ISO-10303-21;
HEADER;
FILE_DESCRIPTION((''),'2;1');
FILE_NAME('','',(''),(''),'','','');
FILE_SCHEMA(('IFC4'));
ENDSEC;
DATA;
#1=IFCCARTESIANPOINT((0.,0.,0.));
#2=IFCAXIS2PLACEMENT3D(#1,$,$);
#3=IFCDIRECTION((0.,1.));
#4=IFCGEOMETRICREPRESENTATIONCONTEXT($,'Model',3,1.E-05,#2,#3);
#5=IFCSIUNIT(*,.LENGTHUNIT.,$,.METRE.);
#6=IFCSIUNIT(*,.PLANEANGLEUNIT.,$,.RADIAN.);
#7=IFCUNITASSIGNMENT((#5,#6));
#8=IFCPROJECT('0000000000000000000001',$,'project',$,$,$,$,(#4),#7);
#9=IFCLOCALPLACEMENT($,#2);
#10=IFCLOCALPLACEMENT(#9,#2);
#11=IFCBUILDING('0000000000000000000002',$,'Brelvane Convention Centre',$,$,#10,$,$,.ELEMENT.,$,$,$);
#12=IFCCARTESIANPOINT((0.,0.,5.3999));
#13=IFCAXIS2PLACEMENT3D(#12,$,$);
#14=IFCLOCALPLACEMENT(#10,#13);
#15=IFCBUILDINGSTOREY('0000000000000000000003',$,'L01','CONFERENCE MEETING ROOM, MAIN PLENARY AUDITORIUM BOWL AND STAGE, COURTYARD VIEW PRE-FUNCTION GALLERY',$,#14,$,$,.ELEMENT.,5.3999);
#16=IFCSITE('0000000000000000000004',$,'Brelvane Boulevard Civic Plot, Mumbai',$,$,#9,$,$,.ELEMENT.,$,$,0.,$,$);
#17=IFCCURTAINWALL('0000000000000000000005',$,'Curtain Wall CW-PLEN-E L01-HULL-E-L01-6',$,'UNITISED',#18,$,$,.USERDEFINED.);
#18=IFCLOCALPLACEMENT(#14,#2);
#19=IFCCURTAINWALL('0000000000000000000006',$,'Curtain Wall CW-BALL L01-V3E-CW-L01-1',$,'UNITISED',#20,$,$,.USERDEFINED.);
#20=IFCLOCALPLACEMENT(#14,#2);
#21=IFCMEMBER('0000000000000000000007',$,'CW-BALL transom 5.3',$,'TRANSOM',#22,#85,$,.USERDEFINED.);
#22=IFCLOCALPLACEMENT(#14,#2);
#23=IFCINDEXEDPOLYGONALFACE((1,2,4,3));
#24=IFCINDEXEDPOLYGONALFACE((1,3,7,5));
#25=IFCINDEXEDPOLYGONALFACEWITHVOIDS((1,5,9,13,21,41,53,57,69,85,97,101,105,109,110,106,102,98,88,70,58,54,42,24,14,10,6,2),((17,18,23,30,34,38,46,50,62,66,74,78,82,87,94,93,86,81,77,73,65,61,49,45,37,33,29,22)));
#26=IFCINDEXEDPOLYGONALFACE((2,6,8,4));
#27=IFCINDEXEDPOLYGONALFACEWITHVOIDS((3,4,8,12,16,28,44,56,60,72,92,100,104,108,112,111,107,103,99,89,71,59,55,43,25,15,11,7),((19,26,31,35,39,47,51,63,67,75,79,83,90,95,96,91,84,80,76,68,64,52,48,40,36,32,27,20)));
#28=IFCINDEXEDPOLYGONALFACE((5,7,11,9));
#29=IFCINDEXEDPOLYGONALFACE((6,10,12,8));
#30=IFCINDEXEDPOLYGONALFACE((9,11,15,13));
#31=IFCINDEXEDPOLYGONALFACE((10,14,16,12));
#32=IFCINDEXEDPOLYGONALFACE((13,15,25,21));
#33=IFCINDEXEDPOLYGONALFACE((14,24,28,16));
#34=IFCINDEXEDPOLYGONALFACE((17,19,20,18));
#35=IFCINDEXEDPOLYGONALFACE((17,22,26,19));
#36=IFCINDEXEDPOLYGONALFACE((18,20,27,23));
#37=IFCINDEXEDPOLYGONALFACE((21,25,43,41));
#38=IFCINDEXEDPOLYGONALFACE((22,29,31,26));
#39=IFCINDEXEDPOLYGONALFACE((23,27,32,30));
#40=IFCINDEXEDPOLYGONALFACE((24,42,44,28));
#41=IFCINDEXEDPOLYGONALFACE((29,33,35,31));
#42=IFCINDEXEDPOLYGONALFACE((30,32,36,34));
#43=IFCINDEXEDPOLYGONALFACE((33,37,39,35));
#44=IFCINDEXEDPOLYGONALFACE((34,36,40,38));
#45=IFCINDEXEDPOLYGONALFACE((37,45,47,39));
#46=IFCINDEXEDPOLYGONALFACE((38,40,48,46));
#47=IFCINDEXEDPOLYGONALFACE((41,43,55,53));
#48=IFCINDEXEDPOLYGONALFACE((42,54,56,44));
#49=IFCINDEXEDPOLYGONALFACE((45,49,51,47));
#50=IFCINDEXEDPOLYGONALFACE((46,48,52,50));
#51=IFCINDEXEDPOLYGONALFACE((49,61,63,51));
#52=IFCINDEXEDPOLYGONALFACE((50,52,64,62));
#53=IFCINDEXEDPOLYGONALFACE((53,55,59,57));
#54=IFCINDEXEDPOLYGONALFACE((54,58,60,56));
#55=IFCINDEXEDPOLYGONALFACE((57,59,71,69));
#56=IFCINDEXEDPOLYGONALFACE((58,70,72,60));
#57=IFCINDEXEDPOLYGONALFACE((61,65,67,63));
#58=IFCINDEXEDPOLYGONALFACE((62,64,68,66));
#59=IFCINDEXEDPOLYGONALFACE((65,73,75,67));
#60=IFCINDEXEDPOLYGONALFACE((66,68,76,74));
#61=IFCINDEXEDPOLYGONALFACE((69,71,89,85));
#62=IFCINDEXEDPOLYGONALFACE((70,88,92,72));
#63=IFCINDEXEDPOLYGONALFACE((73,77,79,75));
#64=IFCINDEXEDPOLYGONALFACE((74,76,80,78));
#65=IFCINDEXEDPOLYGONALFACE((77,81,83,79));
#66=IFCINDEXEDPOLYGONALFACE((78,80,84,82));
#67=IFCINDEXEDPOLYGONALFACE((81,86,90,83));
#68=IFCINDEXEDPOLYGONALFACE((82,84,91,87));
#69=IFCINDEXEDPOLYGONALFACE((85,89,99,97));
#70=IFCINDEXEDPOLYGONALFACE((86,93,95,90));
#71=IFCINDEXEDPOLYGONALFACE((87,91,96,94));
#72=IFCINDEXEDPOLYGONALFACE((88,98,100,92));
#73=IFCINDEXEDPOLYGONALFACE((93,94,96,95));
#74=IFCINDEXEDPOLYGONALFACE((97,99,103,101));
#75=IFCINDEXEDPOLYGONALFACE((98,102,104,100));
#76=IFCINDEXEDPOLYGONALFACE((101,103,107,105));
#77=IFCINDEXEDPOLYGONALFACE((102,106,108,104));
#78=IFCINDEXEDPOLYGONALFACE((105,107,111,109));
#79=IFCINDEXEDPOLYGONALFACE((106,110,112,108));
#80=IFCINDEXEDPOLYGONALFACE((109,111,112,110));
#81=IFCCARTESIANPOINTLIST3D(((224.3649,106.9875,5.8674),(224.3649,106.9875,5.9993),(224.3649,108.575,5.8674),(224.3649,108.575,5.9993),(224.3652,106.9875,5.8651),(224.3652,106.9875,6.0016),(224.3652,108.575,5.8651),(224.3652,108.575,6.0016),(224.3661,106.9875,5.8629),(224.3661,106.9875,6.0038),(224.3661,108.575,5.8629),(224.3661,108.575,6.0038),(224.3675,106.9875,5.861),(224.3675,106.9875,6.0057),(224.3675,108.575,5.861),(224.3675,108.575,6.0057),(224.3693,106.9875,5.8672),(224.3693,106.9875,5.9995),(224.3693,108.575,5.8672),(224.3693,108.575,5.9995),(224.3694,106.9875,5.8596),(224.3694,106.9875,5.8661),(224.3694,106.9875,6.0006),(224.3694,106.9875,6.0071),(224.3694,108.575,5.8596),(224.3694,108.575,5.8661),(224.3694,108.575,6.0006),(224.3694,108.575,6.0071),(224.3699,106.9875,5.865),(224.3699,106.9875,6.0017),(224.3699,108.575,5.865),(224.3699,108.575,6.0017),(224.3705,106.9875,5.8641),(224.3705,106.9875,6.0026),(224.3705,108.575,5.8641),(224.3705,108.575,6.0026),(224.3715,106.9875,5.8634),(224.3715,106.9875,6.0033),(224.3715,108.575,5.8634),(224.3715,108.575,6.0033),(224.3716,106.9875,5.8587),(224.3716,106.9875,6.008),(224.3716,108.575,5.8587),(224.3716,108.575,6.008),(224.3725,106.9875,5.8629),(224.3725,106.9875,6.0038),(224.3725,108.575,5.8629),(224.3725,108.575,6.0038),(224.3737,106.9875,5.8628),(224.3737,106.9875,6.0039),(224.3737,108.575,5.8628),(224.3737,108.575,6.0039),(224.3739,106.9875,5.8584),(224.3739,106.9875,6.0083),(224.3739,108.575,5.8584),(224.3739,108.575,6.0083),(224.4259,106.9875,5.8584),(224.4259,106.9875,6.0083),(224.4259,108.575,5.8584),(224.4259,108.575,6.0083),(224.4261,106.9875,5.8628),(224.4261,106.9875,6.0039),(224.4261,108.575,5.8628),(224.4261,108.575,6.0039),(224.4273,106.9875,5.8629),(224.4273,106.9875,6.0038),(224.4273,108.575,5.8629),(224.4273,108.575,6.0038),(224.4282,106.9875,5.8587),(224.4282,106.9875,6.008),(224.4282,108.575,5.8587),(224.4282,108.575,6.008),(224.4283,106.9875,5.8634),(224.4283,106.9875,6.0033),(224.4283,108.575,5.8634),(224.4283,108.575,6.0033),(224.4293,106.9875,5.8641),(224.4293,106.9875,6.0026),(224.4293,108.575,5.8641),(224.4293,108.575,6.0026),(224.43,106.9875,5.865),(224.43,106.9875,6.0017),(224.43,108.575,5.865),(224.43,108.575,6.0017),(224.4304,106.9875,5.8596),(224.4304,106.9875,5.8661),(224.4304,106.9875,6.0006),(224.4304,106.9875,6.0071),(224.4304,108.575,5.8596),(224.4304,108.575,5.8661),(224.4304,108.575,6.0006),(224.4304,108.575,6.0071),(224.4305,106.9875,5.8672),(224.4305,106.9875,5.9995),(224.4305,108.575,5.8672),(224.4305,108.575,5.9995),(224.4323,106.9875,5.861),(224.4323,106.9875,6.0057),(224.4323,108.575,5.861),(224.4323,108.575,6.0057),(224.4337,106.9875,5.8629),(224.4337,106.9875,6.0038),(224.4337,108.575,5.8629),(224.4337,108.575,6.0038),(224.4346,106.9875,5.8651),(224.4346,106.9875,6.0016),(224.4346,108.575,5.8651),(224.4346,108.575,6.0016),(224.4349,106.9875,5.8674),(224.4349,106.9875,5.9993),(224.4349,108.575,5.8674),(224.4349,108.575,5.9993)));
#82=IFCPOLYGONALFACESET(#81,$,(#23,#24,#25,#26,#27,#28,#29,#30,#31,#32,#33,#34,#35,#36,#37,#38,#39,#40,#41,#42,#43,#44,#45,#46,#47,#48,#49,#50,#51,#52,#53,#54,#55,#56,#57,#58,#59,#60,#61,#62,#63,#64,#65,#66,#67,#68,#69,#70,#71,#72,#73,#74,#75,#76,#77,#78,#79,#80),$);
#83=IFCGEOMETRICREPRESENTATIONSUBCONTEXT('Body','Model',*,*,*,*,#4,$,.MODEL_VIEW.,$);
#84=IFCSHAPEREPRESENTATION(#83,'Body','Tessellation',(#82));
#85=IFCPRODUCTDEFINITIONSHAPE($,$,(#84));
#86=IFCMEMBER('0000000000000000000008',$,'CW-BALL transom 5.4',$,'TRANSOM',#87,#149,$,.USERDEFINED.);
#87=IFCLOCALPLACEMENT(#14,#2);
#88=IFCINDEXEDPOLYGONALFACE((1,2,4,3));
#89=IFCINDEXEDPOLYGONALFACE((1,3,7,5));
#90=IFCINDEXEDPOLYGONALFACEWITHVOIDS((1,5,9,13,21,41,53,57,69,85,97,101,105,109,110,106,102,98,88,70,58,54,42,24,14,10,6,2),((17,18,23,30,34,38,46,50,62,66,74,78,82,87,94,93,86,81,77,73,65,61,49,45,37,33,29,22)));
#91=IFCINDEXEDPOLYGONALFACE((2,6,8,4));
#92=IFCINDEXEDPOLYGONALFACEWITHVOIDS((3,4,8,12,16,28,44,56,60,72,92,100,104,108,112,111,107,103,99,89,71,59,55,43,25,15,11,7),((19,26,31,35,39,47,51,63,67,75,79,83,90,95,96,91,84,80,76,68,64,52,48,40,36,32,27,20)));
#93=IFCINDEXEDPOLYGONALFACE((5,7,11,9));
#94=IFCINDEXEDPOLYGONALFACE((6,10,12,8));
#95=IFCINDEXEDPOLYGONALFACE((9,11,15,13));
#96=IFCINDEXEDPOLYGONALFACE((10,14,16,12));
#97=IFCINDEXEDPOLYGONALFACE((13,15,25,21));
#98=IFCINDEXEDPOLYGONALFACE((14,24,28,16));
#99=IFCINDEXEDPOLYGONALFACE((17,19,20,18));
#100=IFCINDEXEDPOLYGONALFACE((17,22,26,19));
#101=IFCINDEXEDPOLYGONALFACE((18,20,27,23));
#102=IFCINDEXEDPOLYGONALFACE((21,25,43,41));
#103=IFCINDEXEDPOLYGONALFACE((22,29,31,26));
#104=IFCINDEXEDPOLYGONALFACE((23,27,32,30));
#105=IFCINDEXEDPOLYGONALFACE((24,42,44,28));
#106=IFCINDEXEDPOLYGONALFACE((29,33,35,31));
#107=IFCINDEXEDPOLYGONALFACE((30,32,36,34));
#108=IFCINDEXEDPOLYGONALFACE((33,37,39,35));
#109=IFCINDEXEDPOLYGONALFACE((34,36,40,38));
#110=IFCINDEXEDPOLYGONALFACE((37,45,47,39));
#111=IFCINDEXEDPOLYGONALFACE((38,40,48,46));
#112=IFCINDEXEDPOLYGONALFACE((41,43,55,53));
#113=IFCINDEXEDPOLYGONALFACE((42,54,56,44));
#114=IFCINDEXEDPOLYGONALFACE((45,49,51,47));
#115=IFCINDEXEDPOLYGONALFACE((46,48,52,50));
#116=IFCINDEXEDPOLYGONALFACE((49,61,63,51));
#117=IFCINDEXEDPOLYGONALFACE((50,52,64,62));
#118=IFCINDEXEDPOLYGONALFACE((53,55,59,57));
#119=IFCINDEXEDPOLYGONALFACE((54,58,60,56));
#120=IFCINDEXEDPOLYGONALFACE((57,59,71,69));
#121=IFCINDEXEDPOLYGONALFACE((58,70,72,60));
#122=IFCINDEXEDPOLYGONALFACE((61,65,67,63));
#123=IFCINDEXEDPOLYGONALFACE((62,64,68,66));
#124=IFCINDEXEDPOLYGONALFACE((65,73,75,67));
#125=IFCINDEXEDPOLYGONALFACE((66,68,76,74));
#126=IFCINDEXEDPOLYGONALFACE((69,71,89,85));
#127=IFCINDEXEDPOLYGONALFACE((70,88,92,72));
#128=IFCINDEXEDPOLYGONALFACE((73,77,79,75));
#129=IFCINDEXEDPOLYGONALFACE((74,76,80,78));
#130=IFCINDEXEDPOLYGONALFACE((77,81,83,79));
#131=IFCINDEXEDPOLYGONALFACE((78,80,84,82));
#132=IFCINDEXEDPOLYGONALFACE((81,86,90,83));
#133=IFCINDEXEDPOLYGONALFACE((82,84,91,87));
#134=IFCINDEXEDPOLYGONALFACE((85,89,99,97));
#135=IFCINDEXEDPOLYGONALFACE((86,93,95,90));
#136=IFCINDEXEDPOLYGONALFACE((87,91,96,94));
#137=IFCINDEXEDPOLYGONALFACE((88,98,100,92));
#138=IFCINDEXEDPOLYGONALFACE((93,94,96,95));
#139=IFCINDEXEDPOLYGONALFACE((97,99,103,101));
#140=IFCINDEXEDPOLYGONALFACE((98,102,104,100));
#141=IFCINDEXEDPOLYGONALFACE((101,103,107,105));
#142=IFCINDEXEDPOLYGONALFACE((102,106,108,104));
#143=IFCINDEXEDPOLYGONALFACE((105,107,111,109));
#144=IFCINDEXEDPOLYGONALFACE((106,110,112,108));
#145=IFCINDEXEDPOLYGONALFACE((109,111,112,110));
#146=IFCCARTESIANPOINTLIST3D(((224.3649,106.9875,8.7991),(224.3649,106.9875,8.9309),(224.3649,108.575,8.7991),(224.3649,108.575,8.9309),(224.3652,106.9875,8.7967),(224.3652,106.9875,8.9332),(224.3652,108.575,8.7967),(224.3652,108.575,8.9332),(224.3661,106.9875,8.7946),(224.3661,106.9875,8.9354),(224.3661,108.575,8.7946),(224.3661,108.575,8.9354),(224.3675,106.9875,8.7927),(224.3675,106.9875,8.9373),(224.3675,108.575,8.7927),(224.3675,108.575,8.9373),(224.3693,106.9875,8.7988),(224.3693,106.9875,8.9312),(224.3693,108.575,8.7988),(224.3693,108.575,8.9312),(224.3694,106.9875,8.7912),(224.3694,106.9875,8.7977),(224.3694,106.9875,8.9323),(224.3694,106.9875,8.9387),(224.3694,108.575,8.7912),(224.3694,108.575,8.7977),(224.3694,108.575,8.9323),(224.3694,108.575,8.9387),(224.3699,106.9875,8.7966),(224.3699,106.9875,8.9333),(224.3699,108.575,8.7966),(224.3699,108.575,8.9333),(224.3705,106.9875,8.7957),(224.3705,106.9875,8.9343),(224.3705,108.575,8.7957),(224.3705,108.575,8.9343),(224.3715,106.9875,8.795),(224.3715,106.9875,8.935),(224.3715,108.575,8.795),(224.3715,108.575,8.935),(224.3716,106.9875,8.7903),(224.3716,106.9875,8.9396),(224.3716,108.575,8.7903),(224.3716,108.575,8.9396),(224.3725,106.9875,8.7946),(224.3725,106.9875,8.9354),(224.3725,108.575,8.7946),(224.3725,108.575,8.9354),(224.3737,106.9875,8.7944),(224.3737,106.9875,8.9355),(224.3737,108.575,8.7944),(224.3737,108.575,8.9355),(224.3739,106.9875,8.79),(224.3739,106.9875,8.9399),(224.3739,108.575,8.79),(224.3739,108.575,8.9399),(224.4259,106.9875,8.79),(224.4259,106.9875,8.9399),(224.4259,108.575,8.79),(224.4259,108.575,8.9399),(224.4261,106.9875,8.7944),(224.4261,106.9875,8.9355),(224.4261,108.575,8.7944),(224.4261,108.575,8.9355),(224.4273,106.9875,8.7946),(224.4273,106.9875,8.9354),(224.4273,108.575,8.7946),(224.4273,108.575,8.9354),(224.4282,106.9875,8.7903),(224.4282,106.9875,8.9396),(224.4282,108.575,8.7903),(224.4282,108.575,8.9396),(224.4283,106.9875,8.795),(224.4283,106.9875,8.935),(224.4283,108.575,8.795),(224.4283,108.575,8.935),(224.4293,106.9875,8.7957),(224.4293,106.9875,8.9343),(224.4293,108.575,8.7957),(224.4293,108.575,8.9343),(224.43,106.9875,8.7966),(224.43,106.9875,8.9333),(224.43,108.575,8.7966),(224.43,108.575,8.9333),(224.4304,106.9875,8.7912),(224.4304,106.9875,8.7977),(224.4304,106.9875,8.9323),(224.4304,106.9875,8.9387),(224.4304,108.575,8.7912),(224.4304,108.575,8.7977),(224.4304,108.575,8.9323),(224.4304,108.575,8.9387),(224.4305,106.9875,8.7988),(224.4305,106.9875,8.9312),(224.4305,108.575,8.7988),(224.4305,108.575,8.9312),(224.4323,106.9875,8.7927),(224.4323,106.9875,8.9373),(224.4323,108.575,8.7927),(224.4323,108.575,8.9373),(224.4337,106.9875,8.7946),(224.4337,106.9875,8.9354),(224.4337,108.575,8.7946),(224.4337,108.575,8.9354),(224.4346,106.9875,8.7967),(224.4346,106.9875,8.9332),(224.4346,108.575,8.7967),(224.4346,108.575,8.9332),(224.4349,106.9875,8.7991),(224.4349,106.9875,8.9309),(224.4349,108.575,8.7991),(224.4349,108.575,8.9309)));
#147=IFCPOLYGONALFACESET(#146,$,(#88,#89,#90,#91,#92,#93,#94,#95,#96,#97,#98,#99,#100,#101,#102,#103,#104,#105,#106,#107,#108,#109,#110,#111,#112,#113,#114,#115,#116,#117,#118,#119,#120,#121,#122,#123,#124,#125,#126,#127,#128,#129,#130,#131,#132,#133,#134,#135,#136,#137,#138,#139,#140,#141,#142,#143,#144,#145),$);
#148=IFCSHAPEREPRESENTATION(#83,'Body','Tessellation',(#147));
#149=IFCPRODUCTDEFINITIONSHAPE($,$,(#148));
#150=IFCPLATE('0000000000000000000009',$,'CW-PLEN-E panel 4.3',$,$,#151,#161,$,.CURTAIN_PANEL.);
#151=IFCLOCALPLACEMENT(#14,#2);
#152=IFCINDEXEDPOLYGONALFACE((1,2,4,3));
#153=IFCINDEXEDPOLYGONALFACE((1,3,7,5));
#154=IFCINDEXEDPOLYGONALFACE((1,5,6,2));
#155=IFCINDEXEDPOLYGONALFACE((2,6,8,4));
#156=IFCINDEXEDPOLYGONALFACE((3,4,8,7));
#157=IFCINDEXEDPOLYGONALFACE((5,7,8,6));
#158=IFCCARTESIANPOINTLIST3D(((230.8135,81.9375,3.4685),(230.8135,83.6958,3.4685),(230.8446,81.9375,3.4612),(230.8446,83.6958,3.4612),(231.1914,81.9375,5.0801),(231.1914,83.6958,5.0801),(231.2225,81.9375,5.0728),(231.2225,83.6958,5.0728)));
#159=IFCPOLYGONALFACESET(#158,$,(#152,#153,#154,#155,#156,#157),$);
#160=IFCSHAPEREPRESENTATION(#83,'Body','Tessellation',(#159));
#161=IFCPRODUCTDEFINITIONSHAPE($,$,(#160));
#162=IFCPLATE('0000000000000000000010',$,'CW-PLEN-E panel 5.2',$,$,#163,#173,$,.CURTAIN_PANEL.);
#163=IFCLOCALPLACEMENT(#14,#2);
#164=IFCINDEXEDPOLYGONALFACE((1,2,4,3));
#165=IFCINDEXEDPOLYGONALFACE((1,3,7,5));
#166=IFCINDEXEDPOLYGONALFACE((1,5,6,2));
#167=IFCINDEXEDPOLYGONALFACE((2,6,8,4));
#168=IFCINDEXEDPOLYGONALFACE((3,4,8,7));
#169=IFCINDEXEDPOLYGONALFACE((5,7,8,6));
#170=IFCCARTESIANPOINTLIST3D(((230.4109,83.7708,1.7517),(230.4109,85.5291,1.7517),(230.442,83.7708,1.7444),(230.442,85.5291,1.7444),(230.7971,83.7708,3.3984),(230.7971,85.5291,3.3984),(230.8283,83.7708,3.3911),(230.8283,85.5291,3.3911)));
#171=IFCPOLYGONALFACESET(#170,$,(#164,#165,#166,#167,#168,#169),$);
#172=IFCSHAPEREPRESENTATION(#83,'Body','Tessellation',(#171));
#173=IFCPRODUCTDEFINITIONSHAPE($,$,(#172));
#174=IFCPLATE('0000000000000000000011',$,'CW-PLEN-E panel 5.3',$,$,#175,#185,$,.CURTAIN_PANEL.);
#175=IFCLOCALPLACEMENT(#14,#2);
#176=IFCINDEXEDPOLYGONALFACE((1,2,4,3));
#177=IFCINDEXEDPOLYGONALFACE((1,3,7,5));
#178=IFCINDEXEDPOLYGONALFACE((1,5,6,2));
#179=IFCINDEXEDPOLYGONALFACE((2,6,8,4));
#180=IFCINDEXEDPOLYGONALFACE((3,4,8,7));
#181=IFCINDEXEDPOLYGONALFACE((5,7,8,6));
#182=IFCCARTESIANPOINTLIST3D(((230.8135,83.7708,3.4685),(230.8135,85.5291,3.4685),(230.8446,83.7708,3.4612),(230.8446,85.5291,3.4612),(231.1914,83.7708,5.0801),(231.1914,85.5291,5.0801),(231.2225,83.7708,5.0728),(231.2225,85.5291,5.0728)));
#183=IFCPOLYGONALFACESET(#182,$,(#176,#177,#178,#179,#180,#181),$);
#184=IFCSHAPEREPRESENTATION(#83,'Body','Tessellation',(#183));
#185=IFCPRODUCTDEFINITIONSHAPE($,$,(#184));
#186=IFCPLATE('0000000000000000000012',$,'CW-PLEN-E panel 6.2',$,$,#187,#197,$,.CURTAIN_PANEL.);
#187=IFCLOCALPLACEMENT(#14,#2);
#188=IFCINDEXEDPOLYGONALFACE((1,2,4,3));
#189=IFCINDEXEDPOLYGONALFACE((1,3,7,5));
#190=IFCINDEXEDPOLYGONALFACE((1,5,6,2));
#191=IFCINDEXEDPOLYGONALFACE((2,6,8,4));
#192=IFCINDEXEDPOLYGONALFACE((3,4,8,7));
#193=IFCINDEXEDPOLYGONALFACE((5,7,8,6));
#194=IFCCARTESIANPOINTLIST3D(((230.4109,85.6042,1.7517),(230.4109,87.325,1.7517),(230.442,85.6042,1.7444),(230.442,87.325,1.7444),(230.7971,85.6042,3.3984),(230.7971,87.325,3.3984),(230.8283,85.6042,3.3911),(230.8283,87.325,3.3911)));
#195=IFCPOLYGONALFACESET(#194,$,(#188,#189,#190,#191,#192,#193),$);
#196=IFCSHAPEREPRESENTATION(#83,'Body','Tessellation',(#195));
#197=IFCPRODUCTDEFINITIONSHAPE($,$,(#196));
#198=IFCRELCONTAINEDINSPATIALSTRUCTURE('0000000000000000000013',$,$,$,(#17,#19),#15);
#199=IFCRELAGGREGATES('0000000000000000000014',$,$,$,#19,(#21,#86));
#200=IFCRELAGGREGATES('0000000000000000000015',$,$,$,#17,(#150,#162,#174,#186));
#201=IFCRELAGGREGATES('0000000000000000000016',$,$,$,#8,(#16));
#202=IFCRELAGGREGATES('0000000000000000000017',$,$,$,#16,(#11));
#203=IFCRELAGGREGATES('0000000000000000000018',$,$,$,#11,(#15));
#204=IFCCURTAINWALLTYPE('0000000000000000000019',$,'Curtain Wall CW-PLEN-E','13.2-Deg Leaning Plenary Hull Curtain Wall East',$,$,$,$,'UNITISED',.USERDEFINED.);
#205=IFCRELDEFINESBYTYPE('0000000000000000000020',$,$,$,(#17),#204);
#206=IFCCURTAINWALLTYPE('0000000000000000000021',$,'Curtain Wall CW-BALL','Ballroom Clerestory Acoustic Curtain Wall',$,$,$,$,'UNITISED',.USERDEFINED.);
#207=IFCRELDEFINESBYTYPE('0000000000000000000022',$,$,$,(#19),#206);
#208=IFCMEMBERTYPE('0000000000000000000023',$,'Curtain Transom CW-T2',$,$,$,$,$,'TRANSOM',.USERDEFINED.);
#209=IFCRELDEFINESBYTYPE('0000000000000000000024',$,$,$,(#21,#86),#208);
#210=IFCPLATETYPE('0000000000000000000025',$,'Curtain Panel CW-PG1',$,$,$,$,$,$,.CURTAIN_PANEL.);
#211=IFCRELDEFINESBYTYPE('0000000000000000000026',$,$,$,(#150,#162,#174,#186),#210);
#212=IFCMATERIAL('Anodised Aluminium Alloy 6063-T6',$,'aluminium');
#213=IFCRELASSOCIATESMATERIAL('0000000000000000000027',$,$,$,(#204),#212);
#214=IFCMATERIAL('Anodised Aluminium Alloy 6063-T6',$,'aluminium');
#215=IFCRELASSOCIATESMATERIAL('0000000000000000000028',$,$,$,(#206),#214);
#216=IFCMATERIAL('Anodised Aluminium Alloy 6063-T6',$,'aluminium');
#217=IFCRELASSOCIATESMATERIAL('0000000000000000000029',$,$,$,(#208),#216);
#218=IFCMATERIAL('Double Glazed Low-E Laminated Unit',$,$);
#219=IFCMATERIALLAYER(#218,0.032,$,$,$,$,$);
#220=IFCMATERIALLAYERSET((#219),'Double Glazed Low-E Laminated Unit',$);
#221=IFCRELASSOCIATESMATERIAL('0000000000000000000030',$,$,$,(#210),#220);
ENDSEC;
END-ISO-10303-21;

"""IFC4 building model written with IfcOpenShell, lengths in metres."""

from ifc_helpers import new_model, si_unit, direction, frame, origin, origin_2d, place, context, subcontext, project, spatial, polyline, hollow_rectangle, outline, extrude, material, layer, layer_set, material_profile, profile_set, type_object, element, aggregate, save


model = new_model("IFC4")

# Units and contexts
model_context = context("Model", 3, precision=1e-05, world=origin(), true_north=direction((0.0, 1.0)))
body_context = subcontext(model_context, "Body", "Model", "MODEL_VIEW")
ifc_project = project(units=[si_unit("LENGTHUNIT", "METRE"), si_unit("PLANEANGLEUNIT", "RADIAN")], contexts=[model_context])

# Site, building, storey
site_placement = place(None, origin())
site = spatial("IfcSite", under=ifc_project, at=site_placement, Name="Brelvane Boulevard Civic Plot, Mumbai", CompositionType="ELEMENT", RefElevation=0.0)
building_placement = place(site_placement, origin())
building = spatial("IfcBuilding", under=site, at=building_placement, Name="Brelvane Convention Centre", CompositionType="ELEMENT")
storey_placement = place(building_placement, frame((0.0, 0.0, 5.3999)))
storey = spatial("IfcBuildingStorey", under=building, at=storey_placement, Name="L01", Description="CONFERENCE MEETING ROOM, MAIN PLENARY AUDITORIUM BOWL AND STAGE, COURTYARD VIEW PRE-FUNCTION GALLERY", CompositionType="ELEMENT", Elevation=5.3999)

# Curtain walls
ifc_material_1 = material(Name="Anodised Aluminium Alloy 6063-T6", Category="aluminium")
curtain_wall_type_1 = type_object("IfcCurtainWallType", Name="Curtain Wall CW-PLEN-E", Description="13.2-Deg Leaning Plenary Hull Curtain Wall East", ElementType="UNITISED", PredefinedType="USERDEFINED", material=ifc_material_1)
curtain_wall_1_placement = place(storey_placement, origin())
curtain_wall_1 = element("IfcCurtainWall", 1, at=curtain_wall_1_placement, inside=storey, type_object=curtain_wall_type_1, Name="Curtain Wall CW-PLEN-E L01-HULL-E-L01-6", ObjectType="UNITISED", PredefinedType="USERDEFINED")
ifc_material_2 = material(Name="Anodised Aluminium Alloy 6063-T6", Category="aluminium")
curtain_wall_type_2 = type_object("IfcCurtainWallType", Name="Curtain Wall CW-BALL", Description="Ballroom Clerestory Acoustic Curtain Wall", ElementType="UNITISED", PredefinedType="USERDEFINED", material=ifc_material_2)
curtain_wall_2_placement = place(storey_placement, origin())
curtain_wall_2 = element("IfcCurtainWall", 2, at=curtain_wall_2_placement, inside=storey, type_object=curtain_wall_type_2, Name="Curtain Wall CW-BALL L01-V3E-CW-L01-1", ObjectType="UNITISED", PredefinedType="USERDEFINED")

# Members
ifc_material_3 = material(Name="Anodised Aluminium Alloy 6063-T6", Category="aluminium")
ifc_material_profile_1 = material_profile(ifc_material_3, hollow_rectangle(XDim=0.0701, YDim=0.1499, WallThickness=0.0044, InnerFilletRadius=0.0044, OuterFilletRadius=0.009, at=origin_2d()), Name="ALU-T 150x70x4.5")
ifc_profile_set_1 = profile_set([ifc_material_profile_1], Name="Anodised Aluminium Alloy 6063-T6")
member_type_1 = type_object("IfcMemberType", Name="Curtain Transom CW-T2", ElementType="TRANSOM", PredefinedType="USERDEFINED", material=ifc_profile_set_1)
member_1_placement = place(storey_placement, frame((224.3999, 106.9875, 5.9333), z_axis=(0.0, 1.0, 0.0), x_axis=(-1.0, 0.0, 0.0)))
member_1 = element("IfcMember", 3, at=member_1_placement, type_object=member_type_1, Name="CW-BALL transom 5.3", ObjectType="TRANSOM", PredefinedType="USERDEFINED", context=body_context, shape_type="SweptSolid", body=[
    extrude(hollow_rectangle(XDim=0.0701, YDim=0.1499, WallThickness=0.0044, InnerFilletRadius=0.0044, OuterFilletRadius=0.009, at=origin_2d()), origin(), (0.0, 0.0, 1.0), 1.5874),
])
member_2_placement = place(storey_placement, frame((224.3999, 106.9875, 8.865), z_axis=(0.0, 1.0, 0.0), x_axis=(-1.0, 0.0, 0.0)))
member_2 = element("IfcMember", 4, at=member_2_placement, type_object=member_type_1, Name="CW-BALL transom 5.4", ObjectType="TRANSOM", PredefinedType="USERDEFINED", context=body_context, shape_type="SweptSolid", body=[
    extrude(hollow_rectangle(XDim=0.0701, YDim=0.1499, WallThickness=0.0044, InnerFilletRadius=0.0044, OuterFilletRadius=0.009, at=origin_2d()), origin(), (0.0, 0.0, 1.0), 1.5874),
])

# Plates
ifc_material_4 = material(Name="Double Glazed Low-E Laminated Unit")
ifc_layer_1 = layer(ifc_material_4, 0.032)
ifc_layer_set_1 = layer_set([ifc_layer_1], Name="Double Glazed Low-E Laminated Unit")
plate_type_1 = type_object("IfcPlateType", Name="Curtain Panel CW-PG1", PredefinedType="CURTAIN_PANEL", material=ifc_layer_set_1)
plate_1_placement = place(storey_placement, frame((230.8135, 81.9375, 3.4685), z_axis=(-0.973587, 0.0, 0.228316), x_axis=(0.0, 1.0, 0.0)))
plate_1 = element("IfcPlate", 5, at=plate_1_placement, type_object=plate_type_1, Name="CW-PLEN-E panel 4.3", PredefinedType="CURTAIN_PANEL", context=body_context, shape_type="SweptSolid", body=[
    extrude(outline(polyline([(0.0, 0.0), (1.7583, 0.0), (1.7583, -1.6553), (0.0, -1.6553), (0.0, 0.0)])), origin(), (0.0, 0.0, -1.0), 0.032),
])
plate_2_placement = place(storey_placement, frame((230.4109, 83.7708, 1.7517), z_axis=(-0.97358, 0.0, 0.228347), x_axis=(0.0, 1.0, 0.0)))
plate_2 = element("IfcPlate", 6, at=plate_2_placement, type_object=plate_type_1, Name="CW-PLEN-E panel 5.2", PredefinedType="CURTAIN_PANEL", context=body_context, shape_type="SweptSolid", body=[
    extrude(outline(polyline([(0.0, 0.0), (1.7583, 0.0), (1.7583, -1.6914), (0.0, -1.6914), (0.0, 0.0)])), origin(), (0.0, 0.0, -1.0), 0.032),
])
plate_3_placement = place(storey_placement, frame((230.8135, 83.7708, 3.4685), z_axis=(-0.973587, 0.0, 0.228316), x_axis=(0.0, 1.0, 0.0)))
plate_3 = element("IfcPlate", 7, at=plate_3_placement, type_object=plate_type_1, Name="CW-PLEN-E panel 5.3", PredefinedType="CURTAIN_PANEL", context=body_context, shape_type="SweptSolid", body=[
    extrude(outline(polyline([(0.0, 0.0), (1.7583, 0.0), (1.7583, -1.6553), (0.0, -1.6553), (0.0, 0.0)])), origin(), (0.0, 0.0, -1.0), 0.032),
])
plate_4_placement = place(storey_placement, frame((230.4109, 85.6042, 1.7517), z_axis=(-0.97358, 0.0, 0.228347), x_axis=(0.0, 1.0, 0.0)))
plate_4 = element("IfcPlate", 8, at=plate_4_placement, type_object=plate_type_1, Name="CW-PLEN-E panel 6.2", PredefinedType="CURTAIN_PANEL", context=body_context, shape_type="SweptSolid", body=[
    extrude(outline(polyline([(0.0, 0.0), (1.7207, 0.0), (1.7207, -1.6914), (0.0, -1.6914), (0.0, 0.0)])), origin(), (0.0, 0.0, -1.0), 0.032),
])
aggregate(curtain_wall_2, [member_1, member_2])
aggregate(curtain_wall_1, [plate_1, plate_2, plate_3, plate_4])

save(model, "model.ifc")
